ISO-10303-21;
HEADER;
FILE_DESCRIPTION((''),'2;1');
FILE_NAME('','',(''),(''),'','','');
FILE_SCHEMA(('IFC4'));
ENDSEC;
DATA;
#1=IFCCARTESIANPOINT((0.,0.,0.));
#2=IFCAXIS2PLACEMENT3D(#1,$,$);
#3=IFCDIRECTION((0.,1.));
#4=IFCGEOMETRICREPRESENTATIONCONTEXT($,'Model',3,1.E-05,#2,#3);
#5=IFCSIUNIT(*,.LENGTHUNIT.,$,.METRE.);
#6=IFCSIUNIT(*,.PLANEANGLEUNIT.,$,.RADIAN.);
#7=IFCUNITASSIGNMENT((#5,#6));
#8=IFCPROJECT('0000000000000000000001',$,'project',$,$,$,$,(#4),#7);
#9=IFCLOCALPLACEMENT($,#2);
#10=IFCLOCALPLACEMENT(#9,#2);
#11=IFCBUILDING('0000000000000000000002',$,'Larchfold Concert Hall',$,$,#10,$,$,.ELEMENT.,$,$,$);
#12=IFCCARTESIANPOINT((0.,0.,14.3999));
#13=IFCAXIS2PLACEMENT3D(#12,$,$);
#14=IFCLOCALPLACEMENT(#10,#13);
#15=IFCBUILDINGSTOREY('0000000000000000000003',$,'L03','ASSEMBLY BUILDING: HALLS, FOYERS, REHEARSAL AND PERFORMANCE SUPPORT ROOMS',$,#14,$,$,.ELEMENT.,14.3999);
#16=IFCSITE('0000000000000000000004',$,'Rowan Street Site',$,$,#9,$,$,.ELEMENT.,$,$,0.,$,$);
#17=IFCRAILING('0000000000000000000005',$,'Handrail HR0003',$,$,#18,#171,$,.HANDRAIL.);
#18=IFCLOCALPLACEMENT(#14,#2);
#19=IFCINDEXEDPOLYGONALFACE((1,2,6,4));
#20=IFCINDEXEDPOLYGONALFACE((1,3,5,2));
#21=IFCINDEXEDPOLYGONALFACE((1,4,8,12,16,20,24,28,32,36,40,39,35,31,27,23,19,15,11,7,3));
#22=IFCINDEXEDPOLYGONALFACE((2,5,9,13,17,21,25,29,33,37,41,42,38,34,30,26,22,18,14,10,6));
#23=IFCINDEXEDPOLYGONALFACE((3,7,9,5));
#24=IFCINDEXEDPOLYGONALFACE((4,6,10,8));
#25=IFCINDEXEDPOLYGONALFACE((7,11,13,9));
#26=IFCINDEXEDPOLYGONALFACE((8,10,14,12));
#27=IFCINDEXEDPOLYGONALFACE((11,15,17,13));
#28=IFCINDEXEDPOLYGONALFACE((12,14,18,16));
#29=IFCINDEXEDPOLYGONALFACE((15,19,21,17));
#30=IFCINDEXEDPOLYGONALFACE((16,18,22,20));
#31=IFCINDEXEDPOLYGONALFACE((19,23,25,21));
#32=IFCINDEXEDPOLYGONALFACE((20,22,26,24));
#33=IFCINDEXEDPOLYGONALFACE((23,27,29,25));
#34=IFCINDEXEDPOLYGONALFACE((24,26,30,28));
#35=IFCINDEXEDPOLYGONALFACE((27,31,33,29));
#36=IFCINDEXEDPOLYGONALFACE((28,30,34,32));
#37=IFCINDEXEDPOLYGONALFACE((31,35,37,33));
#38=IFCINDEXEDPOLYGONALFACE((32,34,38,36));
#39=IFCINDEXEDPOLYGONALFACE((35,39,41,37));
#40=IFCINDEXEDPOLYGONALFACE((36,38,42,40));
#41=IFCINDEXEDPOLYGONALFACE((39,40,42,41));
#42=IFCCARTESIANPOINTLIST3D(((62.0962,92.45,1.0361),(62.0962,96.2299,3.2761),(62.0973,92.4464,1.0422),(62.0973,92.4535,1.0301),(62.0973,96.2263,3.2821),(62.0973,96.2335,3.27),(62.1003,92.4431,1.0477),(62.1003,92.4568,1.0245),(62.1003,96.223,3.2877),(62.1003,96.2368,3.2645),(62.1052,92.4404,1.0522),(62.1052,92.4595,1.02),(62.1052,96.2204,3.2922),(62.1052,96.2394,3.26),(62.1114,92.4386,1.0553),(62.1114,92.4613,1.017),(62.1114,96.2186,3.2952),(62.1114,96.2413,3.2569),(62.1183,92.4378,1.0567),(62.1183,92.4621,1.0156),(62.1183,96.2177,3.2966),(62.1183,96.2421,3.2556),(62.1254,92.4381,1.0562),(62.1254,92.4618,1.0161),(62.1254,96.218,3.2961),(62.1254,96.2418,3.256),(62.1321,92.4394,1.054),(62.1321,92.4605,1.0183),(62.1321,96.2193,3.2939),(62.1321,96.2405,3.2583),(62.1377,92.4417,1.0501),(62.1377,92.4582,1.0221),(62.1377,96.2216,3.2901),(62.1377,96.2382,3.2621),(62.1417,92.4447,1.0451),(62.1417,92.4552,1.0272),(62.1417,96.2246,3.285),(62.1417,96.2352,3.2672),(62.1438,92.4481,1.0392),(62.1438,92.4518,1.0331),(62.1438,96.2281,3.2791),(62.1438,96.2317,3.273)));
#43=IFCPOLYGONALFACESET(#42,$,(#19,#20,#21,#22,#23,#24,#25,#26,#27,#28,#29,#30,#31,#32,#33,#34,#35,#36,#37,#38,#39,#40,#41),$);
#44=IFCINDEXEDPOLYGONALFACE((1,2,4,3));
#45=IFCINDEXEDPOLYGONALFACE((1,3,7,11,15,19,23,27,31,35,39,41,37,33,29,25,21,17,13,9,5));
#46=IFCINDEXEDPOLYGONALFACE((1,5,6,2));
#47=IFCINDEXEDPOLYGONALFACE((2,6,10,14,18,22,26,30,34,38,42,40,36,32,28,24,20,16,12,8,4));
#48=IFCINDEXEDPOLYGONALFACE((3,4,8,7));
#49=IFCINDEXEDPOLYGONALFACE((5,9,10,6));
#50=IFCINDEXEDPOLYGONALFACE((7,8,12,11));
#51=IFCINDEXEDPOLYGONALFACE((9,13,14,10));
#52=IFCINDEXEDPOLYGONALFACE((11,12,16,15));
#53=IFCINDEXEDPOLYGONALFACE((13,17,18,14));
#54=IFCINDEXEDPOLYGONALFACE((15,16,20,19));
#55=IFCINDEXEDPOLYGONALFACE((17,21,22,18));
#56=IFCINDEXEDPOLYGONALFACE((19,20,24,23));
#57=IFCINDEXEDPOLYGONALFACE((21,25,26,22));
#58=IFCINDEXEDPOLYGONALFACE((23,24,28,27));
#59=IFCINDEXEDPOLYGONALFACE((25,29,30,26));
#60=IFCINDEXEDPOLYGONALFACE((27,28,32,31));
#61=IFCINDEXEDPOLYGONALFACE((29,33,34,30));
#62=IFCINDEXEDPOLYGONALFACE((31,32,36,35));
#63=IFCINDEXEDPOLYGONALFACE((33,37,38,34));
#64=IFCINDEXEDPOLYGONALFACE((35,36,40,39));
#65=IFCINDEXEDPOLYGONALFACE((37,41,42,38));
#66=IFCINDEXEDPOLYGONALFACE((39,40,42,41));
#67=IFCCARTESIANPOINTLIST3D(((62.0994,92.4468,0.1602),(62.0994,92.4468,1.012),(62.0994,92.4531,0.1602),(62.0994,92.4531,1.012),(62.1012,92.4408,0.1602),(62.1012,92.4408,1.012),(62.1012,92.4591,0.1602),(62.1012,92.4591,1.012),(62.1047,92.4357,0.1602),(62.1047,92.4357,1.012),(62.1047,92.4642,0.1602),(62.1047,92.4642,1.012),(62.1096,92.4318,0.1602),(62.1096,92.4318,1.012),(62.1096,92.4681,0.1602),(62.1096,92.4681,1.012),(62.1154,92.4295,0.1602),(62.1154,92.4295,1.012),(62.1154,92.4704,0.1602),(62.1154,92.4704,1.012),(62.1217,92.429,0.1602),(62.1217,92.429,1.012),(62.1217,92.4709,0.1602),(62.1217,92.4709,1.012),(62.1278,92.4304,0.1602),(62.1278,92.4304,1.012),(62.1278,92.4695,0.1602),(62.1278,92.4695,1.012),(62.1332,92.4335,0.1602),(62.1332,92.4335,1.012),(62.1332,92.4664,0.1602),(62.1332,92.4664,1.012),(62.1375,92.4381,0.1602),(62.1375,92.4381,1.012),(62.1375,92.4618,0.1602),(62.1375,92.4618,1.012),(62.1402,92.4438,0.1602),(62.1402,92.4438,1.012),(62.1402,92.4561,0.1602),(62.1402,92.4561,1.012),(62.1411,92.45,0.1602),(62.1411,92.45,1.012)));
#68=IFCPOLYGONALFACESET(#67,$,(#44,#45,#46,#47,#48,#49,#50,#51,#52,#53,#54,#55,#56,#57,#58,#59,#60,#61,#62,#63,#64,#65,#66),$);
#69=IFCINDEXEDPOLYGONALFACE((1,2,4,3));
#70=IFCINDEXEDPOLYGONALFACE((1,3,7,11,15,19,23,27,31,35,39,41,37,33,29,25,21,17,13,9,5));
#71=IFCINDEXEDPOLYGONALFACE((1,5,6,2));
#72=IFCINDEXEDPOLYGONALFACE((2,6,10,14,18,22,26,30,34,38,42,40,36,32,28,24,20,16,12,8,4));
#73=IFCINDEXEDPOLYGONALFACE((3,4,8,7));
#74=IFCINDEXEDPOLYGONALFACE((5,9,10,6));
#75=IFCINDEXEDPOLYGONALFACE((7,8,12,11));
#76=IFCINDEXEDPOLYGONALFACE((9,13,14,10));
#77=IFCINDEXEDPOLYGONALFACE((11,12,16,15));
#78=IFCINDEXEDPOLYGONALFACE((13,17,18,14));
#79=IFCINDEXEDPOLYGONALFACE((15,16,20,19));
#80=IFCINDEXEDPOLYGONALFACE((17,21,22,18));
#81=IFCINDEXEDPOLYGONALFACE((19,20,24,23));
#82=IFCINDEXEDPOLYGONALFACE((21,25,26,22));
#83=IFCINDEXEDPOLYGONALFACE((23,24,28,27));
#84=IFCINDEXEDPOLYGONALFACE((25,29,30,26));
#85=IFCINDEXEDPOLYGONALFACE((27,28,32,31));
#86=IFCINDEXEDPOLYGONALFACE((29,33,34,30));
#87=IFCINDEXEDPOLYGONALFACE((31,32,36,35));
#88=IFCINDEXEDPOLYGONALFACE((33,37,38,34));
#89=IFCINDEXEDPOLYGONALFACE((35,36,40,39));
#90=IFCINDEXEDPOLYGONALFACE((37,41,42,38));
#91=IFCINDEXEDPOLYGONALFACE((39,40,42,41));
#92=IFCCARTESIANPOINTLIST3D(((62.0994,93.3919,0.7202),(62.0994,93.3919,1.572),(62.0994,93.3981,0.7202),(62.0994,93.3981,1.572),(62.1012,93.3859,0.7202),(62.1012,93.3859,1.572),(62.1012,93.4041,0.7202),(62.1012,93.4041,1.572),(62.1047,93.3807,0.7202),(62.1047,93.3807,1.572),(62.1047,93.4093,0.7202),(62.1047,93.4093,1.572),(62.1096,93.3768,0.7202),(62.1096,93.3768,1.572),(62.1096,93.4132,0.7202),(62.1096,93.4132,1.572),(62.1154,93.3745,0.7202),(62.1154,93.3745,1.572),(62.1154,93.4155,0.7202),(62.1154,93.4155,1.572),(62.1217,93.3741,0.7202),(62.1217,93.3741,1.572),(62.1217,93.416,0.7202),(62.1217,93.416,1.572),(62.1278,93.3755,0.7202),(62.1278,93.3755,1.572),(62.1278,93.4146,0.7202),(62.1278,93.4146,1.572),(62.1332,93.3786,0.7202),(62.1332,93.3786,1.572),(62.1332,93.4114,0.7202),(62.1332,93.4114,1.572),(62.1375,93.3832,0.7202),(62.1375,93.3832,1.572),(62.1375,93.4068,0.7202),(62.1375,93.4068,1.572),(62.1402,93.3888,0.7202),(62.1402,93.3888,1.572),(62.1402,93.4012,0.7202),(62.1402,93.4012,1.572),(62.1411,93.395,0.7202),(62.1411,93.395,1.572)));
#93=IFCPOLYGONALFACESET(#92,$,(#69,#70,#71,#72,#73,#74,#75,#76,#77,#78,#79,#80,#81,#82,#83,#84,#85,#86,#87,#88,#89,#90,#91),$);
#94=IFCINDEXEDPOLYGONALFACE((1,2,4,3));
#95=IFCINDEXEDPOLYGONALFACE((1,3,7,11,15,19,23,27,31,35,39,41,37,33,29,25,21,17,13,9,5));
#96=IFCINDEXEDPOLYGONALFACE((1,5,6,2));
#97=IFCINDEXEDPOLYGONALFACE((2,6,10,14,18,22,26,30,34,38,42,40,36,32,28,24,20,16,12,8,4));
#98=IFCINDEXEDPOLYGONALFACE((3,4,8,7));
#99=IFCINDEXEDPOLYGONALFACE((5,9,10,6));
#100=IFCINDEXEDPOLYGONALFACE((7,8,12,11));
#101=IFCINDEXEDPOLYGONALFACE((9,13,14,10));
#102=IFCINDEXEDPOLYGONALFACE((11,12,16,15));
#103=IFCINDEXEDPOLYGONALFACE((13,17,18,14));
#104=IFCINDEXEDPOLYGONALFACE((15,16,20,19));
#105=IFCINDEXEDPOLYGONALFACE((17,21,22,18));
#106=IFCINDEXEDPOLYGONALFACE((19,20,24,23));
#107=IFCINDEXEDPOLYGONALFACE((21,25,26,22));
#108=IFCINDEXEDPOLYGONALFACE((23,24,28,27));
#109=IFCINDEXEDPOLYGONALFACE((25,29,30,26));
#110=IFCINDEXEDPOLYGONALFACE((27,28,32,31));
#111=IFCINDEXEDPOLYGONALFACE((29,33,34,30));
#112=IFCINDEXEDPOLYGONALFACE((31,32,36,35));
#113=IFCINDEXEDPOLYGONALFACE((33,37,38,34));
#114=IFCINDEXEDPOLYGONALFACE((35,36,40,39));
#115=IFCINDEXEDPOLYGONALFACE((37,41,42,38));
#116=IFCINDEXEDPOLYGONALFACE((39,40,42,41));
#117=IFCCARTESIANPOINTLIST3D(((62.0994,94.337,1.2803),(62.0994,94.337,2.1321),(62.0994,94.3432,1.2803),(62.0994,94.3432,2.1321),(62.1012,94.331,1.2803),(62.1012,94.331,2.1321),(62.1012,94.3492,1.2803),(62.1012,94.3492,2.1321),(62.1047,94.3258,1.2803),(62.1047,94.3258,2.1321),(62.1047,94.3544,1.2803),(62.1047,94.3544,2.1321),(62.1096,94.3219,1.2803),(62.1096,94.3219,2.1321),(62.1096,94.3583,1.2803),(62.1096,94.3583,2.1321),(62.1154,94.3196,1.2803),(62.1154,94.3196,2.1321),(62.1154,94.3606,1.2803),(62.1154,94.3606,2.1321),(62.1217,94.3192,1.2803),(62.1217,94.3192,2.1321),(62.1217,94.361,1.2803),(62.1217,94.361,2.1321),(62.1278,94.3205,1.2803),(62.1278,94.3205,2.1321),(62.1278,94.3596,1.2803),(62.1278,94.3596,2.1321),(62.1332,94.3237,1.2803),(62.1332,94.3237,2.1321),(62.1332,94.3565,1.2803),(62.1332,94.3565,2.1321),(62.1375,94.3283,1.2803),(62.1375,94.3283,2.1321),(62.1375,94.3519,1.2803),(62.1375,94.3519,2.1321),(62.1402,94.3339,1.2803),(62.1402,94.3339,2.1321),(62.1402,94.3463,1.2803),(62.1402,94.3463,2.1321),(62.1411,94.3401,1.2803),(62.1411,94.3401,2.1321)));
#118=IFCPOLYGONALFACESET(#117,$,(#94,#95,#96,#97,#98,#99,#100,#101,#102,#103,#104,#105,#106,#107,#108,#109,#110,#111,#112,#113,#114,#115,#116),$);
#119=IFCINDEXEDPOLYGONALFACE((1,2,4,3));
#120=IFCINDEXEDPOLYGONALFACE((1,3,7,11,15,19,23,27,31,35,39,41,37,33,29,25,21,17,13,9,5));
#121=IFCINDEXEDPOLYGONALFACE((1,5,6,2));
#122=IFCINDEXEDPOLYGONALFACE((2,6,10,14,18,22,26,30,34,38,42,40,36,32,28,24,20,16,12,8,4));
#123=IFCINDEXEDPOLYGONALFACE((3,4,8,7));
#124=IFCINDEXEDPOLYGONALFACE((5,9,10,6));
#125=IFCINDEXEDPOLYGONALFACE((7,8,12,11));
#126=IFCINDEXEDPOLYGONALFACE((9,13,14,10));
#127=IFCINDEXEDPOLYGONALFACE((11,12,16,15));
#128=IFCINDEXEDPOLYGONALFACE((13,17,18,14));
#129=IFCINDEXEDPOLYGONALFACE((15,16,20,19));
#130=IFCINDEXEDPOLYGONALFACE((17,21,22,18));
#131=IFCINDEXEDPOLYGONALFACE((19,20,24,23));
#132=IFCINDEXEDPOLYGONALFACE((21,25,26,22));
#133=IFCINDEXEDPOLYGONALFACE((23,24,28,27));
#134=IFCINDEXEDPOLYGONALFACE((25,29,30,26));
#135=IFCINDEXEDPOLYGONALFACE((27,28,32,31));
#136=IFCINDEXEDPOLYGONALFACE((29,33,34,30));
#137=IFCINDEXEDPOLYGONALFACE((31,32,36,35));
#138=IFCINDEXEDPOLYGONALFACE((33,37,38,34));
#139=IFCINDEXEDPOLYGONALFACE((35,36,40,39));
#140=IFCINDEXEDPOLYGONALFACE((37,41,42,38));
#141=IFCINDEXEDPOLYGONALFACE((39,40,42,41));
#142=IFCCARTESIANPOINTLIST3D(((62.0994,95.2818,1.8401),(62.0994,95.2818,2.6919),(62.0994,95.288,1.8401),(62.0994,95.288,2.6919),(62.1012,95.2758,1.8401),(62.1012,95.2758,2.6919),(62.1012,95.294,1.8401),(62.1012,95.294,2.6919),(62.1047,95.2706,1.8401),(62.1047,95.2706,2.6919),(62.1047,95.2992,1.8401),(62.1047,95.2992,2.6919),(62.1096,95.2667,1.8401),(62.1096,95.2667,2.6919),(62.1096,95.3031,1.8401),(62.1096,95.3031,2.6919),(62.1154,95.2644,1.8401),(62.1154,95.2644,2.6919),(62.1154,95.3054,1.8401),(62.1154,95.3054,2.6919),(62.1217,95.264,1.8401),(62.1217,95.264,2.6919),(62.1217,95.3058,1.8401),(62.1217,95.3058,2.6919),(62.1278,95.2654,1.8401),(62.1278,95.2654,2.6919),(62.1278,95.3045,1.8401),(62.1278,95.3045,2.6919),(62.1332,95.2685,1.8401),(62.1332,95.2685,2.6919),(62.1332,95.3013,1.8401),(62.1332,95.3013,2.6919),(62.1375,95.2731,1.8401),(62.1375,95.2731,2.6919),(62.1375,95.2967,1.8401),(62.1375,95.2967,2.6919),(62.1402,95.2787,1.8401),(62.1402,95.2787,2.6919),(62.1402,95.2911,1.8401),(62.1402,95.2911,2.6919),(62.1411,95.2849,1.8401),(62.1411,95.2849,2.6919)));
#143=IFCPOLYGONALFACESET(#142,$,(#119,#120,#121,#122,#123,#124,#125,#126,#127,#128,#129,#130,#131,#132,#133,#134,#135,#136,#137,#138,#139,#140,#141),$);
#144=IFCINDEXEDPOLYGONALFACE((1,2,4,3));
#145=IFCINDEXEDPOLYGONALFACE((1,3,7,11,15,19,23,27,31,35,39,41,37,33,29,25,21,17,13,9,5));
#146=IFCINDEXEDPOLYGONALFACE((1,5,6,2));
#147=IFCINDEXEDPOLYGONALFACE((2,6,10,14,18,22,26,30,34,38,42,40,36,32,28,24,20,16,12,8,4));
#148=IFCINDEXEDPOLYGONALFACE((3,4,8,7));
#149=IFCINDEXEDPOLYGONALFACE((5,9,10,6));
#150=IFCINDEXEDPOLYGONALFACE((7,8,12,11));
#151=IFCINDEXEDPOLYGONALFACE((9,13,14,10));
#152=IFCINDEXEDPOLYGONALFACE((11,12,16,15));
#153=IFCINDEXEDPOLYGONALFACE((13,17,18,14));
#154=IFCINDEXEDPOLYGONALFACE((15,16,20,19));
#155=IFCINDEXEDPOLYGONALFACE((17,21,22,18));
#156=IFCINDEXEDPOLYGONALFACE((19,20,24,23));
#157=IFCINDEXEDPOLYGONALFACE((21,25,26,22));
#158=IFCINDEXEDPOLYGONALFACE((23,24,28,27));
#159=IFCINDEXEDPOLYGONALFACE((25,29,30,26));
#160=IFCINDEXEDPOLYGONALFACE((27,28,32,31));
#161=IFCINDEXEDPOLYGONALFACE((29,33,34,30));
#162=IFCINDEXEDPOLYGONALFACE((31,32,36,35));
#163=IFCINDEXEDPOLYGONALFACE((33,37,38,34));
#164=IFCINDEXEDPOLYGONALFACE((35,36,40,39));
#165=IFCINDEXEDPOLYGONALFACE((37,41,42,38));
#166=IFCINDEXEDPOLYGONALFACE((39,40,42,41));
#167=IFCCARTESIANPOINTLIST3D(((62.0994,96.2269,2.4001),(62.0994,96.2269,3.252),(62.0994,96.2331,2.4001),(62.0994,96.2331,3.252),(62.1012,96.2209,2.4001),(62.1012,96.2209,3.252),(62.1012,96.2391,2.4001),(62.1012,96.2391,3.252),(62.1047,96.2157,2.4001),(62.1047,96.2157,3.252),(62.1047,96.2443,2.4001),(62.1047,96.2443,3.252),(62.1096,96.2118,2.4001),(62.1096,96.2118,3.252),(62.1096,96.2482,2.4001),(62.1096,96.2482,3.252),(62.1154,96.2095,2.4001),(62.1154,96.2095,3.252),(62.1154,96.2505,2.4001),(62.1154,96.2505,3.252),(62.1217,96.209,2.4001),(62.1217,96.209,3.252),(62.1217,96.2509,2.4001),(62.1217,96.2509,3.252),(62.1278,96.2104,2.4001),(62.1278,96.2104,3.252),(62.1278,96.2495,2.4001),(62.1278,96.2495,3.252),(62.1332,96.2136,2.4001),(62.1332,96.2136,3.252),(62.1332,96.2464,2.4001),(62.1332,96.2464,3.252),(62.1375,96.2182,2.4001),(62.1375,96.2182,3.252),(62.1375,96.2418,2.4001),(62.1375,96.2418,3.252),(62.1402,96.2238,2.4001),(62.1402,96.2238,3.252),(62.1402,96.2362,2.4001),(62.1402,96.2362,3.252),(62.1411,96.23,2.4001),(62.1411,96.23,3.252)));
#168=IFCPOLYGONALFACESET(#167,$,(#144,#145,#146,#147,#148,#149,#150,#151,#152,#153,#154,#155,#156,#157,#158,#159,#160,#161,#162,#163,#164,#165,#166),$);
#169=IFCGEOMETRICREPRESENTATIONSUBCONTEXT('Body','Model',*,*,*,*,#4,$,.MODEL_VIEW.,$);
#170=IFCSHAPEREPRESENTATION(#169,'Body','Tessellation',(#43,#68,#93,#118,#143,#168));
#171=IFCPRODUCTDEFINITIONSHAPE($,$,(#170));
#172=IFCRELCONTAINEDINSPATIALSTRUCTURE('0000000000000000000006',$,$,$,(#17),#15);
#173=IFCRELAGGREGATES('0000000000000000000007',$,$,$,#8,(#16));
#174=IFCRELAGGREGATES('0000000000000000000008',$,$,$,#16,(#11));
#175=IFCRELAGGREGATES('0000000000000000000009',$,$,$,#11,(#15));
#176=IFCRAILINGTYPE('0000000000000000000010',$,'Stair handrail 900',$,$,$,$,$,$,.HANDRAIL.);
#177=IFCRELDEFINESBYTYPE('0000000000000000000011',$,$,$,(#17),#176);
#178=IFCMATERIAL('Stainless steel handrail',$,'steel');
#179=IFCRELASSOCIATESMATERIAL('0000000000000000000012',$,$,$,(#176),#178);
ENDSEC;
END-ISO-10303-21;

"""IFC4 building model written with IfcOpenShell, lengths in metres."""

from ifc_helpers import new_model, si_unit, direction, frame, origin, origin_2d, place, context, subcontext, project, spatial, circle, extrude, material, type_object, element, save


model = new_model("IFC4")

# Units and contexts
model_context = context("Model", 3, precision=1e-05, world=origin(), true_north=direction((0.0, 1.0)))
body_context = subcontext(model_context, "Body", "Model", "MODEL_VIEW")
ifc_project = project(units=[si_unit("LENGTHUNIT", "METRE"), si_unit("PLANEANGLEUNIT", "RADIAN")], contexts=[model_context])

# Site, building, storey
site_placement = place(None, origin())
site = spatial("IfcSite", under=ifc_project, at=site_placement, Name="Rowan Street Site", CompositionType="ELEMENT", RefElevation=0.0)
building_placement = place(site_placement, origin())
building = spatial("IfcBuilding", under=site, at=building_placement, Name="Larchfold Concert Hall", CompositionType="ELEMENT")
storey_placement = place(building_placement, frame((0.0, 0.0, 14.3999)))
storey = spatial("IfcBuildingStorey", under=building, at=storey_placement, Name="L03", Description="ASSEMBLY BUILDING: HALLS, FOYERS, REHEARSAL AND PERFORMANCE SUPPORT ROOMS", CompositionType="ELEMENT", Elevation=14.3999)

# Railing
ifc_material_1 = material(Name="Stainless steel handrail", Category="steel")
railing_type_1 = type_object("IfcRailingType", Name="Stair handrail 900", PredefinedType="HANDRAIL", material=ifc_material_1)
railing_1_placement = place(storey_placement, frame((62.1201, 92.45, 0.1602)))
element("IfcRailing", 1, at=railing_1_placement, inside=storey, type_object=railing_type_1, Name="Handrail HR0003", PredefinedType="HANDRAIL", context=body_context, shape_type="SweptSolid", body=[
    extrude(circle(Radius=0.0239, at=origin_2d()), frame((0.0, 0.0, 0.876), z_axis=(0.0, 0.860294, 0.509798), x_axis=(-1.0, 0.0, 0.0)), (0.0, 0.0, 1.0), 4.3938),
    extrude(circle(Radius=0.021, at=origin_2d()), origin(), (0.0, 0.0, 1.0), 0.8518),
    extrude(circle(Radius=0.021, at=origin_2d()), frame((0.0, 0.9451, 0.5601)), (0.0, 0.0, 1.0), 0.8518),
    extrude(circle(Radius=0.021, at=origin_2d()), frame((0.0, 1.8901, 1.1201)), (0.0, 0.0, 1.0), 0.8518),
    extrude(circle(Radius=0.021, at=origin_2d()), frame((0.0, 2.835, 1.6799)), (0.0, 0.0, 1.0), 0.8518),
    extrude(circle(Radius=0.021, at=origin_2d()), frame((0.0, 3.78, 2.24)), (0.0, 0.0, 1.0), 0.8518),
])

save(model, "model.ifc")
